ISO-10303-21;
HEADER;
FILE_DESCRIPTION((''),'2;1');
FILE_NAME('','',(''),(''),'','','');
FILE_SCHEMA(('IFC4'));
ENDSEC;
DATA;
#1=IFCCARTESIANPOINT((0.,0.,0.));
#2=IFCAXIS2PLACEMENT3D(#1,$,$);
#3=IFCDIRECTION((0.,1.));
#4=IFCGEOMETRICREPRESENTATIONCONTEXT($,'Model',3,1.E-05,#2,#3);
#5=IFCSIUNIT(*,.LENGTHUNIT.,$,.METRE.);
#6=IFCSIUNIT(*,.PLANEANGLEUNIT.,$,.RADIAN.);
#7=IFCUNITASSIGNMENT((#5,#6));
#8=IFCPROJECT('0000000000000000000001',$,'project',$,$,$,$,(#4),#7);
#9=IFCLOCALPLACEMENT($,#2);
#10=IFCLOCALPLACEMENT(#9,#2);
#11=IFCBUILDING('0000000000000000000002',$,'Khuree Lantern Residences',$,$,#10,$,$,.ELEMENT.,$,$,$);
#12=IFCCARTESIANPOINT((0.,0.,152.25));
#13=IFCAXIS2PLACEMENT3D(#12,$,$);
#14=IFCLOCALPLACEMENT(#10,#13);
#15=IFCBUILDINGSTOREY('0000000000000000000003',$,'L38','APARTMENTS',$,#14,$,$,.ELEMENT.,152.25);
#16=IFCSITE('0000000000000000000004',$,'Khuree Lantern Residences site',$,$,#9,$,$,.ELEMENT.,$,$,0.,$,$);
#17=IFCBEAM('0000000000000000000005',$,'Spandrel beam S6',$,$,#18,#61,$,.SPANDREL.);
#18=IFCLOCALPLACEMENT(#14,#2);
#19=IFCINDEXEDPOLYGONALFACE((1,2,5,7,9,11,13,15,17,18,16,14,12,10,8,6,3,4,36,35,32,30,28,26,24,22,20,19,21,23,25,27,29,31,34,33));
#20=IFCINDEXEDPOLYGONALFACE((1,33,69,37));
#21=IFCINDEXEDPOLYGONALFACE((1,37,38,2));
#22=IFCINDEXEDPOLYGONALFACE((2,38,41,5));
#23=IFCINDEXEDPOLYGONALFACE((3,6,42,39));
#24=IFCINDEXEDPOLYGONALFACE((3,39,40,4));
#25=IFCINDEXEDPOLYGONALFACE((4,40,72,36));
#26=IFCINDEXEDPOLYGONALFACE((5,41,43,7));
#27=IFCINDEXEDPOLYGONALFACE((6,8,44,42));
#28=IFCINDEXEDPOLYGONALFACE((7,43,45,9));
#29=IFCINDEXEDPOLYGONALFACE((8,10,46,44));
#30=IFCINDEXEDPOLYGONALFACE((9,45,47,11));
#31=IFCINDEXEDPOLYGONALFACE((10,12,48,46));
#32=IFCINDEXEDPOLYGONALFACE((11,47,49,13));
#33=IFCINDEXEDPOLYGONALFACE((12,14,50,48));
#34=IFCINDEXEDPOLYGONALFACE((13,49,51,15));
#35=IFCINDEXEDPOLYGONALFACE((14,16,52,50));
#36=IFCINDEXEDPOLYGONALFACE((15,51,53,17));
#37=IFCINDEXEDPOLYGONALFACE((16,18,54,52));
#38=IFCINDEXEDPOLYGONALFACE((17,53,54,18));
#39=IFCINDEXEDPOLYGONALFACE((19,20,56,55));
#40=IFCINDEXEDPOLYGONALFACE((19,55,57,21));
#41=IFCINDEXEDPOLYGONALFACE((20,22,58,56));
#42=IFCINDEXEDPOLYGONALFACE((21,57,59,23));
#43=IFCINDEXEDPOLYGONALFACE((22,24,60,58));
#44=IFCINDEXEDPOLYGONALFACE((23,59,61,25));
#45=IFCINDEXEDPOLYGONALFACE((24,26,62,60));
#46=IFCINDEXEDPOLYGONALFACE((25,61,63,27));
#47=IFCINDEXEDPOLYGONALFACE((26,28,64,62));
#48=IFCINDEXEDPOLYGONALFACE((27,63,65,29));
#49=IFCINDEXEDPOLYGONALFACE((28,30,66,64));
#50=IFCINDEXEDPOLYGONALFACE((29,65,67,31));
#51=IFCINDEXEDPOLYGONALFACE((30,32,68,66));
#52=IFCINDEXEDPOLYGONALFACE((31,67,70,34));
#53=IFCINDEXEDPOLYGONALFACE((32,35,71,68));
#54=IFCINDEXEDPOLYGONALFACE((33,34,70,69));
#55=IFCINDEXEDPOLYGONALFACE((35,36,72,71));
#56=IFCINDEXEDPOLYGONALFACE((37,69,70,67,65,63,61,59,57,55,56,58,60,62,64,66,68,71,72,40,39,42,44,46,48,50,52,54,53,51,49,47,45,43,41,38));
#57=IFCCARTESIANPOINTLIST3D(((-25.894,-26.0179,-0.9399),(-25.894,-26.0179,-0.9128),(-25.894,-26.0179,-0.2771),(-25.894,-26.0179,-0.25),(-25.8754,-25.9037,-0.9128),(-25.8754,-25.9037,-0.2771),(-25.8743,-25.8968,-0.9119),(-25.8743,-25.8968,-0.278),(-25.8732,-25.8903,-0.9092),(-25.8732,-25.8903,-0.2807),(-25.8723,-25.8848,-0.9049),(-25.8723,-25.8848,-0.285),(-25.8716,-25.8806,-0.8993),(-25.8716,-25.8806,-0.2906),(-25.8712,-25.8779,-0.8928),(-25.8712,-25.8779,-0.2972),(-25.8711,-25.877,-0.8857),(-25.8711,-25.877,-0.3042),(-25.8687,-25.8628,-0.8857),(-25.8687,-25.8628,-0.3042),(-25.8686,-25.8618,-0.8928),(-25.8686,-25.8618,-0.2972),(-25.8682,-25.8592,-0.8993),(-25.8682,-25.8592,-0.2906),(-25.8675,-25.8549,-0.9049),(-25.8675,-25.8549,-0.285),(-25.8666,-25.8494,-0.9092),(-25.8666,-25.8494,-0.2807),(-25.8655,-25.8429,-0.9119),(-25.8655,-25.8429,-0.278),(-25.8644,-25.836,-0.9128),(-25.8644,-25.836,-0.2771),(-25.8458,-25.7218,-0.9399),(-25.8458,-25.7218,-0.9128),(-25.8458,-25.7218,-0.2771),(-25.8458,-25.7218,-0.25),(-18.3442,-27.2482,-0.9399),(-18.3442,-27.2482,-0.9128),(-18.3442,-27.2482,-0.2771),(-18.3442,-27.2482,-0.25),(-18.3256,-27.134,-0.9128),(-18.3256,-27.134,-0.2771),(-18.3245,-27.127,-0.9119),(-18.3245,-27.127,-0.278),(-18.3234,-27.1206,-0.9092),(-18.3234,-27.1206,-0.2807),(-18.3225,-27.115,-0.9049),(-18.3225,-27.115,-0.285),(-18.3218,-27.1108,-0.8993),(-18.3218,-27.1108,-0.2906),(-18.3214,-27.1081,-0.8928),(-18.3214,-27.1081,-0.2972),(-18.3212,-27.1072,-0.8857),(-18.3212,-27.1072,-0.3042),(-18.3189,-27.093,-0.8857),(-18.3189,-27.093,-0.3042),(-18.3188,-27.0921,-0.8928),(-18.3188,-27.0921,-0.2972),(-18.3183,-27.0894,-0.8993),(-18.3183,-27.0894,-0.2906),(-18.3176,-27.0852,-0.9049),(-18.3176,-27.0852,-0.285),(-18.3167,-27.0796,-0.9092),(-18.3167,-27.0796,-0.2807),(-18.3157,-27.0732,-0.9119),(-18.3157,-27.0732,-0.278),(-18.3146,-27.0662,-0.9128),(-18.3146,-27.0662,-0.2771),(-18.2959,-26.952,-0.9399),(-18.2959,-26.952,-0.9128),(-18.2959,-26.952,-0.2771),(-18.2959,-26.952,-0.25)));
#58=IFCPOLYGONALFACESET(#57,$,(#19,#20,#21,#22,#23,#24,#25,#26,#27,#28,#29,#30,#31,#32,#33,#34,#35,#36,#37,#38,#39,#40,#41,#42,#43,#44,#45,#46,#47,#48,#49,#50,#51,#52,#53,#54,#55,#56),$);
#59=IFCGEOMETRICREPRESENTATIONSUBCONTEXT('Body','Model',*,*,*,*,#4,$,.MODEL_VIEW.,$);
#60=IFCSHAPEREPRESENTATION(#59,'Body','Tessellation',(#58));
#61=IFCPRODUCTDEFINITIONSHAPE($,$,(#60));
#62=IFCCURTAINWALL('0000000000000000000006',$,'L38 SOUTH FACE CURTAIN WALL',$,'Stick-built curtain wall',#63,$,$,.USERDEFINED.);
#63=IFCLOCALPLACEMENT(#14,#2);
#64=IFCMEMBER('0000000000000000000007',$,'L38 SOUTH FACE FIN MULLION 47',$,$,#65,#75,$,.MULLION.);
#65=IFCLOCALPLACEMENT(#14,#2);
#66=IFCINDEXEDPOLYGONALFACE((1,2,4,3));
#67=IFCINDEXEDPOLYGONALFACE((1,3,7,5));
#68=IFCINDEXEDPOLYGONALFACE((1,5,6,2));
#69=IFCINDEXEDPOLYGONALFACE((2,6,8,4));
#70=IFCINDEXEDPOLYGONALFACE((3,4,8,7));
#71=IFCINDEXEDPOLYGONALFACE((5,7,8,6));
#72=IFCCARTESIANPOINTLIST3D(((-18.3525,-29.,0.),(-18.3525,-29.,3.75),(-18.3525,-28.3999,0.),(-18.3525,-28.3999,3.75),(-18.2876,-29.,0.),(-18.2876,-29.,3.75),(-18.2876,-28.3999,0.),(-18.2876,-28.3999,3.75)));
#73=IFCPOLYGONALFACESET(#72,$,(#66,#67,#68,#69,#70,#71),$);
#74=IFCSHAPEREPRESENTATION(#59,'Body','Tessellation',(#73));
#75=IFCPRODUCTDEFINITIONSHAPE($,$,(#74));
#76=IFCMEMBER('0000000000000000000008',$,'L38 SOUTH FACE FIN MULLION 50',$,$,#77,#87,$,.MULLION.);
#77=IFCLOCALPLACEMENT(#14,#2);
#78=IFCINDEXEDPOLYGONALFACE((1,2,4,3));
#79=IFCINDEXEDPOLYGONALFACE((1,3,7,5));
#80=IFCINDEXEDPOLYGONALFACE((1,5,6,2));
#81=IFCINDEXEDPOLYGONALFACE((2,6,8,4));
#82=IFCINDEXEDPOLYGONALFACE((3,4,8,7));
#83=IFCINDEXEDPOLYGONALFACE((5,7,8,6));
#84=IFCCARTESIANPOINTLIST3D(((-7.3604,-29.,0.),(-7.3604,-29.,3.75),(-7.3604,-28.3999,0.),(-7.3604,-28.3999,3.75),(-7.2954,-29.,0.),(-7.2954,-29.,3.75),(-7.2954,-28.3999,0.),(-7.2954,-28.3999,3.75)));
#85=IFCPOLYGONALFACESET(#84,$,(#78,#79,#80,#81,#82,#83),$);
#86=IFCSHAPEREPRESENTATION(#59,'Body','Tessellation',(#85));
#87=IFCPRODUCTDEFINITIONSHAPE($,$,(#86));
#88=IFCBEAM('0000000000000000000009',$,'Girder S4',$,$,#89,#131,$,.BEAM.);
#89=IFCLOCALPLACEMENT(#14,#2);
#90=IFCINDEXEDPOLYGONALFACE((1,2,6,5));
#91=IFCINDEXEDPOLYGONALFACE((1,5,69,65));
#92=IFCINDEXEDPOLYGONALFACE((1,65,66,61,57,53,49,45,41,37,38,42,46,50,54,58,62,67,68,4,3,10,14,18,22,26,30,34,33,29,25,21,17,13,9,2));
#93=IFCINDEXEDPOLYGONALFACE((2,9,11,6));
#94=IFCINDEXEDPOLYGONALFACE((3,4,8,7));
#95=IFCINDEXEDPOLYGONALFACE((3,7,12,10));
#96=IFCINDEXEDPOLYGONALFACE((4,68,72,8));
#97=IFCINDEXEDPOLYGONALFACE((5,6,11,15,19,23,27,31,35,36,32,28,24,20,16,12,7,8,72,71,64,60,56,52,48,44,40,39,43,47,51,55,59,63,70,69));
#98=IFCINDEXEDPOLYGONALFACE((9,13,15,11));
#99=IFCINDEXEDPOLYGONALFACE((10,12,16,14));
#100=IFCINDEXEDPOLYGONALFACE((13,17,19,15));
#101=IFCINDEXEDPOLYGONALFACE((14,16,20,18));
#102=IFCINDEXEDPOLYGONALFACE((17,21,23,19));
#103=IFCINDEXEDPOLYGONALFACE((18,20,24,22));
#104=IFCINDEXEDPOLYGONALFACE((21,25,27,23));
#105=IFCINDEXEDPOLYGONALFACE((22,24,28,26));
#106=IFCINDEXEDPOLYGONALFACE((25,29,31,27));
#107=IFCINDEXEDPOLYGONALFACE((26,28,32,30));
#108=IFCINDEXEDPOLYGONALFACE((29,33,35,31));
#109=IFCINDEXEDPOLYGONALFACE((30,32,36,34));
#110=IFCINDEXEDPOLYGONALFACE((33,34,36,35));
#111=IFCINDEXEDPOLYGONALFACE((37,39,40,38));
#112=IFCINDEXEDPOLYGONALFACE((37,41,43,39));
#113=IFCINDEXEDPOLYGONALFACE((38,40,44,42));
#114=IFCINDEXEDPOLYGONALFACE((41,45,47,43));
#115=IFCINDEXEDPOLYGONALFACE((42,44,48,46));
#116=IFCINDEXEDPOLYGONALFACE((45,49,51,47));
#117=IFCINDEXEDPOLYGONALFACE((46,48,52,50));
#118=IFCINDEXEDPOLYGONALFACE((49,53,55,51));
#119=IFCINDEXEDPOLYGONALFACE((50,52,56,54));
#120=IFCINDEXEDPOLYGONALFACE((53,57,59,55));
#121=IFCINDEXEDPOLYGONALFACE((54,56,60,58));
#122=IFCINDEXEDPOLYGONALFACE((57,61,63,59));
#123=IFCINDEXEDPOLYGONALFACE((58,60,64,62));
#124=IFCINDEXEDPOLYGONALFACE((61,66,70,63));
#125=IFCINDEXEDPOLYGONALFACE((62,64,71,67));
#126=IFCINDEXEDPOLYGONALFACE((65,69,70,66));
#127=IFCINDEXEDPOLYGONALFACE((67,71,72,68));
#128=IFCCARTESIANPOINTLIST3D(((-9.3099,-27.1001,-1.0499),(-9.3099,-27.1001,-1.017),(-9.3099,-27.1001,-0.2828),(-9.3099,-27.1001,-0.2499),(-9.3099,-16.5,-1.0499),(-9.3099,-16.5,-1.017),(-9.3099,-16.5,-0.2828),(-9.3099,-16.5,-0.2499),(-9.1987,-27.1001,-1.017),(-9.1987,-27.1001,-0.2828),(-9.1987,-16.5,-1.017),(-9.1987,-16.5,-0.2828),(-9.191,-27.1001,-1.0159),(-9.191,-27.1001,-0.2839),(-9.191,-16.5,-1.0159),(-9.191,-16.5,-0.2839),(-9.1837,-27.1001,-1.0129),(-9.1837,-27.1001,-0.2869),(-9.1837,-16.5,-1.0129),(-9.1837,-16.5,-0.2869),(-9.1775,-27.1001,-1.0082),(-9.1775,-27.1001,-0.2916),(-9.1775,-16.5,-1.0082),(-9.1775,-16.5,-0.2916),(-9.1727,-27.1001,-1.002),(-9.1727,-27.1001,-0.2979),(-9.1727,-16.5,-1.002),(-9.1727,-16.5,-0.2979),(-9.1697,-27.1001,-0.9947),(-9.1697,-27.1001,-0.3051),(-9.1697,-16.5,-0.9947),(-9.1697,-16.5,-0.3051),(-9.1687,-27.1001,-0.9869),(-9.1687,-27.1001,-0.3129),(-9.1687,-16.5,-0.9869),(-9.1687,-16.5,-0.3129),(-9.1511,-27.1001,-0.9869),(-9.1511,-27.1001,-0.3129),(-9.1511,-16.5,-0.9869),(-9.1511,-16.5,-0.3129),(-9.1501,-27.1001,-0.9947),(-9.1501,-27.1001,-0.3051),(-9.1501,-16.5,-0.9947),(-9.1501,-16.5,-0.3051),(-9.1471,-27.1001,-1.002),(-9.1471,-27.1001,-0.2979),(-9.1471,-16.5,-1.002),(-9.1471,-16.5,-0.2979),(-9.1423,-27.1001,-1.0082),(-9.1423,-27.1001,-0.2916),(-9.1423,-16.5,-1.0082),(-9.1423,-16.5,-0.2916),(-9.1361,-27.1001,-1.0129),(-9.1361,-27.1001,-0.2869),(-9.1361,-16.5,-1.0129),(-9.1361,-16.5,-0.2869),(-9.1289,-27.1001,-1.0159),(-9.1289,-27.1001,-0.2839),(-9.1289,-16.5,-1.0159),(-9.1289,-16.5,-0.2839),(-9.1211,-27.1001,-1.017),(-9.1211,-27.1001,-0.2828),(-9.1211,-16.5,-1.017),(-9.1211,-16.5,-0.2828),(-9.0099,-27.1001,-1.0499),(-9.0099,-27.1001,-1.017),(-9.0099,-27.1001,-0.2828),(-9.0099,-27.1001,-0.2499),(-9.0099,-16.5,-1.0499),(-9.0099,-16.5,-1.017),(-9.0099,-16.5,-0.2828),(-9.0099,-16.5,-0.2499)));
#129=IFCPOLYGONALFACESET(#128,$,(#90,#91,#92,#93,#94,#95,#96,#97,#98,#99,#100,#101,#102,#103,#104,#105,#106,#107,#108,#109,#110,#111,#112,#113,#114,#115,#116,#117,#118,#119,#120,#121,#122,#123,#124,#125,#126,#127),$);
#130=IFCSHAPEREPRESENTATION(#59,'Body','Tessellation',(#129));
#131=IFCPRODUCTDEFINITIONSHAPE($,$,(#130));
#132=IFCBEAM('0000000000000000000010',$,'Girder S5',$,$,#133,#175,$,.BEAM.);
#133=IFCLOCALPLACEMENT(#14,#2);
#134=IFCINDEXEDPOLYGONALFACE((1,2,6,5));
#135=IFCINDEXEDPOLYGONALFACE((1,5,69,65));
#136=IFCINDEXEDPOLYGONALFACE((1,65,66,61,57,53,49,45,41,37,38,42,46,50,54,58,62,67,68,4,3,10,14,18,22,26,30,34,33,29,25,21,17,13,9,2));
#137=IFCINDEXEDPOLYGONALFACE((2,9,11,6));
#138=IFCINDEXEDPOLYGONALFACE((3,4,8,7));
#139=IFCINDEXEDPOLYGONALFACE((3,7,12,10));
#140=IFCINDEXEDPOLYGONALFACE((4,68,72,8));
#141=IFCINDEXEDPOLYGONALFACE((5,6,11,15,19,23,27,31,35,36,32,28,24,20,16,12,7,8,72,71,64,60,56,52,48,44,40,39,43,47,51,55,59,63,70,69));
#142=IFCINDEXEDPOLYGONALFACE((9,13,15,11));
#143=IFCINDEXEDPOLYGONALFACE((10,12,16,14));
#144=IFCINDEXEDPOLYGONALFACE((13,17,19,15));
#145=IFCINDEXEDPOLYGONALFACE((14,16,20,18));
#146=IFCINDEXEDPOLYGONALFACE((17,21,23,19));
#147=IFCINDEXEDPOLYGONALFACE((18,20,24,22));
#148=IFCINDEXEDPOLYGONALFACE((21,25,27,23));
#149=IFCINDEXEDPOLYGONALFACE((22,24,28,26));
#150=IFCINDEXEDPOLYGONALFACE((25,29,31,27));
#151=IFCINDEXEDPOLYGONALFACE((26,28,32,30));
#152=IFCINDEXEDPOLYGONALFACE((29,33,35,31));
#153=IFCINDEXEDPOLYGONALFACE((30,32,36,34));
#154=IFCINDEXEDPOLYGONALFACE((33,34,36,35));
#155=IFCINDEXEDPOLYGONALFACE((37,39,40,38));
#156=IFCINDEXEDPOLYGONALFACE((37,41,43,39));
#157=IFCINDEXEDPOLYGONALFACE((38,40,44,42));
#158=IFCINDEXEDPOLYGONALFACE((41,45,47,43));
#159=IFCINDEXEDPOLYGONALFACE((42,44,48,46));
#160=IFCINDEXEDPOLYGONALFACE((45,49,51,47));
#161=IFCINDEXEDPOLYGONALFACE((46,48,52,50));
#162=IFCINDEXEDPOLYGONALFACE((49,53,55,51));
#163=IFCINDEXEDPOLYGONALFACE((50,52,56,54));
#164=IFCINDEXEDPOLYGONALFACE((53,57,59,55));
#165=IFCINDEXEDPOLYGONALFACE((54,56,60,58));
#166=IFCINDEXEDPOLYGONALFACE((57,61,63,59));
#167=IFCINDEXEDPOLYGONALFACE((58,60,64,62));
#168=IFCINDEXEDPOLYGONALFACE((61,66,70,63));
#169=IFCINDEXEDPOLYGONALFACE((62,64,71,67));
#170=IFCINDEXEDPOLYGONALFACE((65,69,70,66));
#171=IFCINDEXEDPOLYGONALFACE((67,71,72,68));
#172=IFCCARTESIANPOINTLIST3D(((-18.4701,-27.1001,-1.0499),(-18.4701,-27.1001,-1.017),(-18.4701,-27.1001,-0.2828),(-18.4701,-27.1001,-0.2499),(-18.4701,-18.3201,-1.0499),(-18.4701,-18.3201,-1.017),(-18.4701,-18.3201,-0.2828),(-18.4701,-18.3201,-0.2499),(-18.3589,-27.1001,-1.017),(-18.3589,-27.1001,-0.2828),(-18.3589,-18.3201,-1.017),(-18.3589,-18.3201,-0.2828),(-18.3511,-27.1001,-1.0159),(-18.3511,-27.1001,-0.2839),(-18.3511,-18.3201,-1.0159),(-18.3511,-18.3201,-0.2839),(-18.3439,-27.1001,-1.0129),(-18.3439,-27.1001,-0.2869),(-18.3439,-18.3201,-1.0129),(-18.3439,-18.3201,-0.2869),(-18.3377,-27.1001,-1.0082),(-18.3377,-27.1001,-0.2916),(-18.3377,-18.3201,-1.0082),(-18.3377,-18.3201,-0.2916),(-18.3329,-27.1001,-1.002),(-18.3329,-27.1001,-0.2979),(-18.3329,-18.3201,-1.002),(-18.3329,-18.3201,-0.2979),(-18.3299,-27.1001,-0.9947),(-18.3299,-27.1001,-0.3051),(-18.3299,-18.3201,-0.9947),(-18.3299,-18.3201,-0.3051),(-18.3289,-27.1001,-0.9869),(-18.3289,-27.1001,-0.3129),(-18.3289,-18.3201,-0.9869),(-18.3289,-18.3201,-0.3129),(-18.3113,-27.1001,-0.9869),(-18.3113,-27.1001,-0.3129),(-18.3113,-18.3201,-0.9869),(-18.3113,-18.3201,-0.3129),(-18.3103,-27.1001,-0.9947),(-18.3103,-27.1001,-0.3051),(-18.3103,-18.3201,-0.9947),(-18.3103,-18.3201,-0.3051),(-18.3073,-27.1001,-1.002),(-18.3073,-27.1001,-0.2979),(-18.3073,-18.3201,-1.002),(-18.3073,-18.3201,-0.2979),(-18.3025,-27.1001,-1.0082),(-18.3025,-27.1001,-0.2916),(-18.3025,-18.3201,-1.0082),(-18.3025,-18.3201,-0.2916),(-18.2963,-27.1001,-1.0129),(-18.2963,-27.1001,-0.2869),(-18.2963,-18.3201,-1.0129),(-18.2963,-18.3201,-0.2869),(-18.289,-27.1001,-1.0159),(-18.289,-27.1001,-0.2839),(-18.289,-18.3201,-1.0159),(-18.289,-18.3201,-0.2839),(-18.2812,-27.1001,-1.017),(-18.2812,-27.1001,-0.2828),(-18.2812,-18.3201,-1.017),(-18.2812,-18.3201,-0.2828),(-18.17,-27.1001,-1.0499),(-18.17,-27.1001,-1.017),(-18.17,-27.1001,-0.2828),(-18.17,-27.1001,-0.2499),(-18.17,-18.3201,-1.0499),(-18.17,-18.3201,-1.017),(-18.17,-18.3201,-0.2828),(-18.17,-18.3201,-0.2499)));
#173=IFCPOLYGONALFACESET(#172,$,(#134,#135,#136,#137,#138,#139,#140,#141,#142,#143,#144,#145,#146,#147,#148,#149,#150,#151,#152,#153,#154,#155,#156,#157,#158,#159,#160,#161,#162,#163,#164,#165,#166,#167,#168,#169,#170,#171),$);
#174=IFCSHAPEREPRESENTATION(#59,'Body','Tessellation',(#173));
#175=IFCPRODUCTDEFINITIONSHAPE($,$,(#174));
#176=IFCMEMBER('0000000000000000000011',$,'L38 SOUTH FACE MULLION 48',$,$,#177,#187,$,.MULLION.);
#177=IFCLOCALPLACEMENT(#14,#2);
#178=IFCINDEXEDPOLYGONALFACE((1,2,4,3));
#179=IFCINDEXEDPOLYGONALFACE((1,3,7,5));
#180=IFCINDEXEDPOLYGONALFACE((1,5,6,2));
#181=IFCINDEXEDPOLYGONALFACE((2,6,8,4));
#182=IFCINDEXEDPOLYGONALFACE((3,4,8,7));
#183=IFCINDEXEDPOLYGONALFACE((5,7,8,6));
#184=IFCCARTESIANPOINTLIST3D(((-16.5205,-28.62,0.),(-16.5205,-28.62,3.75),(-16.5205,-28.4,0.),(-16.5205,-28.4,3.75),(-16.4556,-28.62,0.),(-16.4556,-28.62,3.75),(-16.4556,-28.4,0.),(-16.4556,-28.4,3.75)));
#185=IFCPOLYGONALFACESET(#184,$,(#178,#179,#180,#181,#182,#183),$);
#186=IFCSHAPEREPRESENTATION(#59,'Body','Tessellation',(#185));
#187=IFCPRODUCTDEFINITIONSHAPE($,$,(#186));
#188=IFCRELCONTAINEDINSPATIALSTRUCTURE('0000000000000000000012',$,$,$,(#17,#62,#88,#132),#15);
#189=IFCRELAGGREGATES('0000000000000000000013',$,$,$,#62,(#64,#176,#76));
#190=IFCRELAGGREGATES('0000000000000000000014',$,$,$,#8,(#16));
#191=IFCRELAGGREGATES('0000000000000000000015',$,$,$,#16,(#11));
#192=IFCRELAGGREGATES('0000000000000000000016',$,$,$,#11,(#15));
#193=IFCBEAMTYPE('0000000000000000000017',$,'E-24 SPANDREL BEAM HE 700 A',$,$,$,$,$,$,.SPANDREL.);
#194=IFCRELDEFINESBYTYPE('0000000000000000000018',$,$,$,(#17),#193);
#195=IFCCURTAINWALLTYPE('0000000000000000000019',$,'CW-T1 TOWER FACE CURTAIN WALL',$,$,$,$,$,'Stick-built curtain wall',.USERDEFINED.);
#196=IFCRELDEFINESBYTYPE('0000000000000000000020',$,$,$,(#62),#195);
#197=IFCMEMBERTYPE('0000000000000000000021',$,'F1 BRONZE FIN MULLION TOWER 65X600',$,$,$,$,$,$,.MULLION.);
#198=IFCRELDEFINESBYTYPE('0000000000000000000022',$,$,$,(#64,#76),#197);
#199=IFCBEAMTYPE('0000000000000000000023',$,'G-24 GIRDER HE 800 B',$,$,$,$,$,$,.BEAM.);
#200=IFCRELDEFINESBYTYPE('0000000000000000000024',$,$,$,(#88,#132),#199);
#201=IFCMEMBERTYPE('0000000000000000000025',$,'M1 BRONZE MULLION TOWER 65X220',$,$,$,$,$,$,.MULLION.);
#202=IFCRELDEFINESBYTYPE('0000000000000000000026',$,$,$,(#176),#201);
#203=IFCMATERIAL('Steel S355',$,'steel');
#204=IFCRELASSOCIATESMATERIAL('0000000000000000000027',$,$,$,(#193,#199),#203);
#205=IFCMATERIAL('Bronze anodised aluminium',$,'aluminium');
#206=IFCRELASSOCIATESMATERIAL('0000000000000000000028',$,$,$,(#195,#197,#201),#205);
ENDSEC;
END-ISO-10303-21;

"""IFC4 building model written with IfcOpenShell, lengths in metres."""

from ifc_helpers import new_model, si_unit, direction, frame, origin, origin_2d, place, context, subcontext, project, spatial, rectangle, i_section, extrude, material, material_profile, profile_set, type_object, element, aggregate, save


model = new_model("IFC4")

# Units and contexts
model_context = context("Model", 3, precision=1e-05, world=origin(), true_north=direction((0.0, 1.0)))
body_context = subcontext(model_context, "Body", "Model", "MODEL_VIEW")
ifc_project = project(units=[si_unit("LENGTHUNIT", "METRE"), si_unit("PLANEANGLEUNIT", "RADIAN")], contexts=[model_context])

# Site, building, storey
site_placement = place(None, origin())
site = spatial("IfcSite", under=ifc_project, at=site_placement, Name="Khuree Lantern Residences site", CompositionType="ELEMENT", RefElevation=0.0)
building_placement = place(site_placement, origin())
building = spatial("IfcBuilding", under=site, at=building_placement, Name="Khuree Lantern Residences", CompositionType="ELEMENT")
storey_placement = place(building_placement, frame((0.0, 0.0, 152.25)))
storey = spatial("IfcBuildingStorey", under=building, at=storey_placement, Name="L38", Description="APARTMENTS", CompositionType="ELEMENT", Elevation=152.25)

# Beam
ifc_material_1 = material(Name="Steel S355", Category="steel")
ifc_material_profile_1 = material_profile(ifc_material_1, i_section(OverallWidth=0.3, OverallDepth=0.6899, WebThickness=0.0144, FlangeThickness=0.0271, FilletRadius=0.0271, at=origin_2d()), Name="HE 700 A")
ifc_profile_set_1 = profile_set([ifc_material_profile_1], Name="Steel S355")
beam_type_1 = type_object("IfcBeamType", Name="E-24 SPANDREL BEAM HE 700 A", PredefinedType="SPANDREL", material=ifc_profile_set_1)
beam_1_placement = place(storey_placement, frame((-18.3201, -27.1001, -0.595), z_axis=(-0.986983, 0.160827, 0.0), x_axis=(-0.160827, -0.986983, 0.0)))
element("IfcBeam", 1, at=beam_1_placement, inside=storey, type_object=beam_type_1, Name="Spandrel beam S6", PredefinedType="SPANDREL", context=body_context, shape_type="SweptSolid", body=[
    extrude(i_section(OverallWidth=0.3, OverallDepth=0.6899, WebThickness=0.0144, FlangeThickness=0.0271, FilletRadius=0.0271, at=origin_2d()), origin(), (0.0, 0.0, 1.0), 7.6494),
])

# Curtain wall, members
ifc_material_2 = material(Name="Bronze anodised aluminium", Category="aluminium")
curtain_wall_type = type_object("IfcCurtainWallType", Name="CW-T1 TOWER FACE CURTAIN WALL", ElementType="Stick-built curtain wall", PredefinedType="USERDEFINED", material=ifc_material_2)
curtain_wall_placement = place(storey_placement, origin())
curtain_wall = element("IfcCurtainWall", 2, at=curtain_wall_placement, inside=storey, type_object=curtain_wall_type, Name="L38 SOUTH FACE CURTAIN WALL", ObjectType="Stick-built curtain wall", PredefinedType="USERDEFINED")
ifc_material_profile_2 = material_profile(ifc_material_2, rectangle(XDim=0.0649, YDim=0.6001, at=origin_2d()), Name="F1 65X600")
ifc_profile_set_2 = profile_set([ifc_material_profile_2], Name="Bronze anodised aluminium")
member_type_1 = type_object("IfcMemberType", Name="F1 BRONZE FIN MULLION TOWER 65X600", PredefinedType="MULLION", material=ifc_profile_set_2)
member_1_placement = place(storey_placement, frame((-18.3201, -28.7, 0.0), z_axis=(0.0, 0.0, 1.0), x_axis=(1.0, 0.0, 0.0)))
member_1 = element("IfcMember", 3, at=member_1_placement, type_object=member_type_1, Name="L38 SOUTH FACE FIN MULLION 47", PredefinedType="MULLION", context=body_context, shape_type="SweptSolid", body=[
    extrude(rectangle(XDim=0.0649, YDim=0.6001, at=origin_2d()), origin(), (0.0, 0.0, 1.0), 3.75),
])
member_2_placement = place(storey_placement, frame((-7.3279, -28.7, 0.0), z_axis=(0.0, 0.0, 1.0), x_axis=(1.0, 0.0, 0.0)))
member_2 = element("IfcMember", 4, at=member_2_placement, type_object=member_type_1, Name="L38 SOUTH FACE FIN MULLION 50", PredefinedType="MULLION", context=body_context, shape_type="SweptSolid", body=[
    extrude(rectangle(XDim=0.0649, YDim=0.6001, at=origin_2d()), origin(), (0.0, 0.0, 1.0), 3.75),
])

# Beams
ifc_material_profile_3 = material_profile(ifc_material_1, i_section(OverallWidth=0.3, OverallDepth=0.8, WebThickness=0.0176, FlangeThickness=0.033, FilletRadius=0.03, at=origin_2d()), Name="HE 800 B")
ifc_profile_set_3 = profile_set([ifc_material_profile_3], Name="Steel S355")
beam_type_2 = type_object("IfcBeamType", Name="G-24 GIRDER HE 800 B", PredefinedType="BEAM", material=ifc_profile_set_3)
beam_2_placement = place(storey_placement, frame((-9.1599, -27.1001, -0.6499), z_axis=(0.0, 1.0, 0.0), x_axis=(-1.0, 0.0, 0.0)))
element("IfcBeam", 5, at=beam_2_placement, inside=storey, type_object=beam_type_2, Name="Girder S4", PredefinedType="BEAM", context=body_context, shape_type="SweptSolid", body=[
    extrude(i_section(OverallWidth=0.3, OverallDepth=0.8, WebThickness=0.0176, FlangeThickness=0.033, FilletRadius=0.03, at=origin_2d()), origin(), (0.0, 0.0, 1.0), 10.6001),
])
beam_3_placement = place(storey_placement, frame((-18.3201, -27.1001, -0.6499), z_axis=(0.0, 1.0, 0.0), x_axis=(-1.0, 0.0, 0.0)))
element("IfcBeam", 6, at=beam_3_placement, inside=storey, type_object=beam_type_2, Name="Girder S5", PredefinedType="BEAM", context=body_context, shape_type="SweptSolid", body=[
    extrude(i_section(OverallWidth=0.3, OverallDepth=0.8, WebThickness=0.0176, FlangeThickness=0.033, FilletRadius=0.03, at=origin_2d()), origin(), (0.0, 0.0, 1.0), 8.78),
])

# Member
ifc_material_profile_4 = material_profile(ifc_material_2, rectangle(XDim=0.0649, YDim=0.22, at=origin_2d()), Name="M1 65X220")
ifc_profile_set_4 = profile_set([ifc_material_profile_4], Name="Bronze anodised aluminium")
member_type_2 = type_object("IfcMemberType", Name="M1 BRONZE MULLION TOWER 65X220", PredefinedType="MULLION", material=ifc_profile_set_4)
member_3_placement = place(storey_placement, frame((-16.488, -28.51, 0.0), z_axis=(0.0, 0.0, 1.0), x_axis=(1.0, 0.0, 0.0)))
member_3 = element("IfcMember", 7, at=member_3_placement, type_object=member_type_2, Name="L38 SOUTH FACE MULLION 48", PredefinedType="MULLION", context=body_context, shape_type="SweptSolid", body=[
    extrude(rectangle(XDim=0.0649, YDim=0.22, at=origin_2d()), origin(), (0.0, 0.0, 1.0), 3.75),
])

aggregate(curtain_wall, [member_1, member_3, member_2])

save(model, "model.ifc")
